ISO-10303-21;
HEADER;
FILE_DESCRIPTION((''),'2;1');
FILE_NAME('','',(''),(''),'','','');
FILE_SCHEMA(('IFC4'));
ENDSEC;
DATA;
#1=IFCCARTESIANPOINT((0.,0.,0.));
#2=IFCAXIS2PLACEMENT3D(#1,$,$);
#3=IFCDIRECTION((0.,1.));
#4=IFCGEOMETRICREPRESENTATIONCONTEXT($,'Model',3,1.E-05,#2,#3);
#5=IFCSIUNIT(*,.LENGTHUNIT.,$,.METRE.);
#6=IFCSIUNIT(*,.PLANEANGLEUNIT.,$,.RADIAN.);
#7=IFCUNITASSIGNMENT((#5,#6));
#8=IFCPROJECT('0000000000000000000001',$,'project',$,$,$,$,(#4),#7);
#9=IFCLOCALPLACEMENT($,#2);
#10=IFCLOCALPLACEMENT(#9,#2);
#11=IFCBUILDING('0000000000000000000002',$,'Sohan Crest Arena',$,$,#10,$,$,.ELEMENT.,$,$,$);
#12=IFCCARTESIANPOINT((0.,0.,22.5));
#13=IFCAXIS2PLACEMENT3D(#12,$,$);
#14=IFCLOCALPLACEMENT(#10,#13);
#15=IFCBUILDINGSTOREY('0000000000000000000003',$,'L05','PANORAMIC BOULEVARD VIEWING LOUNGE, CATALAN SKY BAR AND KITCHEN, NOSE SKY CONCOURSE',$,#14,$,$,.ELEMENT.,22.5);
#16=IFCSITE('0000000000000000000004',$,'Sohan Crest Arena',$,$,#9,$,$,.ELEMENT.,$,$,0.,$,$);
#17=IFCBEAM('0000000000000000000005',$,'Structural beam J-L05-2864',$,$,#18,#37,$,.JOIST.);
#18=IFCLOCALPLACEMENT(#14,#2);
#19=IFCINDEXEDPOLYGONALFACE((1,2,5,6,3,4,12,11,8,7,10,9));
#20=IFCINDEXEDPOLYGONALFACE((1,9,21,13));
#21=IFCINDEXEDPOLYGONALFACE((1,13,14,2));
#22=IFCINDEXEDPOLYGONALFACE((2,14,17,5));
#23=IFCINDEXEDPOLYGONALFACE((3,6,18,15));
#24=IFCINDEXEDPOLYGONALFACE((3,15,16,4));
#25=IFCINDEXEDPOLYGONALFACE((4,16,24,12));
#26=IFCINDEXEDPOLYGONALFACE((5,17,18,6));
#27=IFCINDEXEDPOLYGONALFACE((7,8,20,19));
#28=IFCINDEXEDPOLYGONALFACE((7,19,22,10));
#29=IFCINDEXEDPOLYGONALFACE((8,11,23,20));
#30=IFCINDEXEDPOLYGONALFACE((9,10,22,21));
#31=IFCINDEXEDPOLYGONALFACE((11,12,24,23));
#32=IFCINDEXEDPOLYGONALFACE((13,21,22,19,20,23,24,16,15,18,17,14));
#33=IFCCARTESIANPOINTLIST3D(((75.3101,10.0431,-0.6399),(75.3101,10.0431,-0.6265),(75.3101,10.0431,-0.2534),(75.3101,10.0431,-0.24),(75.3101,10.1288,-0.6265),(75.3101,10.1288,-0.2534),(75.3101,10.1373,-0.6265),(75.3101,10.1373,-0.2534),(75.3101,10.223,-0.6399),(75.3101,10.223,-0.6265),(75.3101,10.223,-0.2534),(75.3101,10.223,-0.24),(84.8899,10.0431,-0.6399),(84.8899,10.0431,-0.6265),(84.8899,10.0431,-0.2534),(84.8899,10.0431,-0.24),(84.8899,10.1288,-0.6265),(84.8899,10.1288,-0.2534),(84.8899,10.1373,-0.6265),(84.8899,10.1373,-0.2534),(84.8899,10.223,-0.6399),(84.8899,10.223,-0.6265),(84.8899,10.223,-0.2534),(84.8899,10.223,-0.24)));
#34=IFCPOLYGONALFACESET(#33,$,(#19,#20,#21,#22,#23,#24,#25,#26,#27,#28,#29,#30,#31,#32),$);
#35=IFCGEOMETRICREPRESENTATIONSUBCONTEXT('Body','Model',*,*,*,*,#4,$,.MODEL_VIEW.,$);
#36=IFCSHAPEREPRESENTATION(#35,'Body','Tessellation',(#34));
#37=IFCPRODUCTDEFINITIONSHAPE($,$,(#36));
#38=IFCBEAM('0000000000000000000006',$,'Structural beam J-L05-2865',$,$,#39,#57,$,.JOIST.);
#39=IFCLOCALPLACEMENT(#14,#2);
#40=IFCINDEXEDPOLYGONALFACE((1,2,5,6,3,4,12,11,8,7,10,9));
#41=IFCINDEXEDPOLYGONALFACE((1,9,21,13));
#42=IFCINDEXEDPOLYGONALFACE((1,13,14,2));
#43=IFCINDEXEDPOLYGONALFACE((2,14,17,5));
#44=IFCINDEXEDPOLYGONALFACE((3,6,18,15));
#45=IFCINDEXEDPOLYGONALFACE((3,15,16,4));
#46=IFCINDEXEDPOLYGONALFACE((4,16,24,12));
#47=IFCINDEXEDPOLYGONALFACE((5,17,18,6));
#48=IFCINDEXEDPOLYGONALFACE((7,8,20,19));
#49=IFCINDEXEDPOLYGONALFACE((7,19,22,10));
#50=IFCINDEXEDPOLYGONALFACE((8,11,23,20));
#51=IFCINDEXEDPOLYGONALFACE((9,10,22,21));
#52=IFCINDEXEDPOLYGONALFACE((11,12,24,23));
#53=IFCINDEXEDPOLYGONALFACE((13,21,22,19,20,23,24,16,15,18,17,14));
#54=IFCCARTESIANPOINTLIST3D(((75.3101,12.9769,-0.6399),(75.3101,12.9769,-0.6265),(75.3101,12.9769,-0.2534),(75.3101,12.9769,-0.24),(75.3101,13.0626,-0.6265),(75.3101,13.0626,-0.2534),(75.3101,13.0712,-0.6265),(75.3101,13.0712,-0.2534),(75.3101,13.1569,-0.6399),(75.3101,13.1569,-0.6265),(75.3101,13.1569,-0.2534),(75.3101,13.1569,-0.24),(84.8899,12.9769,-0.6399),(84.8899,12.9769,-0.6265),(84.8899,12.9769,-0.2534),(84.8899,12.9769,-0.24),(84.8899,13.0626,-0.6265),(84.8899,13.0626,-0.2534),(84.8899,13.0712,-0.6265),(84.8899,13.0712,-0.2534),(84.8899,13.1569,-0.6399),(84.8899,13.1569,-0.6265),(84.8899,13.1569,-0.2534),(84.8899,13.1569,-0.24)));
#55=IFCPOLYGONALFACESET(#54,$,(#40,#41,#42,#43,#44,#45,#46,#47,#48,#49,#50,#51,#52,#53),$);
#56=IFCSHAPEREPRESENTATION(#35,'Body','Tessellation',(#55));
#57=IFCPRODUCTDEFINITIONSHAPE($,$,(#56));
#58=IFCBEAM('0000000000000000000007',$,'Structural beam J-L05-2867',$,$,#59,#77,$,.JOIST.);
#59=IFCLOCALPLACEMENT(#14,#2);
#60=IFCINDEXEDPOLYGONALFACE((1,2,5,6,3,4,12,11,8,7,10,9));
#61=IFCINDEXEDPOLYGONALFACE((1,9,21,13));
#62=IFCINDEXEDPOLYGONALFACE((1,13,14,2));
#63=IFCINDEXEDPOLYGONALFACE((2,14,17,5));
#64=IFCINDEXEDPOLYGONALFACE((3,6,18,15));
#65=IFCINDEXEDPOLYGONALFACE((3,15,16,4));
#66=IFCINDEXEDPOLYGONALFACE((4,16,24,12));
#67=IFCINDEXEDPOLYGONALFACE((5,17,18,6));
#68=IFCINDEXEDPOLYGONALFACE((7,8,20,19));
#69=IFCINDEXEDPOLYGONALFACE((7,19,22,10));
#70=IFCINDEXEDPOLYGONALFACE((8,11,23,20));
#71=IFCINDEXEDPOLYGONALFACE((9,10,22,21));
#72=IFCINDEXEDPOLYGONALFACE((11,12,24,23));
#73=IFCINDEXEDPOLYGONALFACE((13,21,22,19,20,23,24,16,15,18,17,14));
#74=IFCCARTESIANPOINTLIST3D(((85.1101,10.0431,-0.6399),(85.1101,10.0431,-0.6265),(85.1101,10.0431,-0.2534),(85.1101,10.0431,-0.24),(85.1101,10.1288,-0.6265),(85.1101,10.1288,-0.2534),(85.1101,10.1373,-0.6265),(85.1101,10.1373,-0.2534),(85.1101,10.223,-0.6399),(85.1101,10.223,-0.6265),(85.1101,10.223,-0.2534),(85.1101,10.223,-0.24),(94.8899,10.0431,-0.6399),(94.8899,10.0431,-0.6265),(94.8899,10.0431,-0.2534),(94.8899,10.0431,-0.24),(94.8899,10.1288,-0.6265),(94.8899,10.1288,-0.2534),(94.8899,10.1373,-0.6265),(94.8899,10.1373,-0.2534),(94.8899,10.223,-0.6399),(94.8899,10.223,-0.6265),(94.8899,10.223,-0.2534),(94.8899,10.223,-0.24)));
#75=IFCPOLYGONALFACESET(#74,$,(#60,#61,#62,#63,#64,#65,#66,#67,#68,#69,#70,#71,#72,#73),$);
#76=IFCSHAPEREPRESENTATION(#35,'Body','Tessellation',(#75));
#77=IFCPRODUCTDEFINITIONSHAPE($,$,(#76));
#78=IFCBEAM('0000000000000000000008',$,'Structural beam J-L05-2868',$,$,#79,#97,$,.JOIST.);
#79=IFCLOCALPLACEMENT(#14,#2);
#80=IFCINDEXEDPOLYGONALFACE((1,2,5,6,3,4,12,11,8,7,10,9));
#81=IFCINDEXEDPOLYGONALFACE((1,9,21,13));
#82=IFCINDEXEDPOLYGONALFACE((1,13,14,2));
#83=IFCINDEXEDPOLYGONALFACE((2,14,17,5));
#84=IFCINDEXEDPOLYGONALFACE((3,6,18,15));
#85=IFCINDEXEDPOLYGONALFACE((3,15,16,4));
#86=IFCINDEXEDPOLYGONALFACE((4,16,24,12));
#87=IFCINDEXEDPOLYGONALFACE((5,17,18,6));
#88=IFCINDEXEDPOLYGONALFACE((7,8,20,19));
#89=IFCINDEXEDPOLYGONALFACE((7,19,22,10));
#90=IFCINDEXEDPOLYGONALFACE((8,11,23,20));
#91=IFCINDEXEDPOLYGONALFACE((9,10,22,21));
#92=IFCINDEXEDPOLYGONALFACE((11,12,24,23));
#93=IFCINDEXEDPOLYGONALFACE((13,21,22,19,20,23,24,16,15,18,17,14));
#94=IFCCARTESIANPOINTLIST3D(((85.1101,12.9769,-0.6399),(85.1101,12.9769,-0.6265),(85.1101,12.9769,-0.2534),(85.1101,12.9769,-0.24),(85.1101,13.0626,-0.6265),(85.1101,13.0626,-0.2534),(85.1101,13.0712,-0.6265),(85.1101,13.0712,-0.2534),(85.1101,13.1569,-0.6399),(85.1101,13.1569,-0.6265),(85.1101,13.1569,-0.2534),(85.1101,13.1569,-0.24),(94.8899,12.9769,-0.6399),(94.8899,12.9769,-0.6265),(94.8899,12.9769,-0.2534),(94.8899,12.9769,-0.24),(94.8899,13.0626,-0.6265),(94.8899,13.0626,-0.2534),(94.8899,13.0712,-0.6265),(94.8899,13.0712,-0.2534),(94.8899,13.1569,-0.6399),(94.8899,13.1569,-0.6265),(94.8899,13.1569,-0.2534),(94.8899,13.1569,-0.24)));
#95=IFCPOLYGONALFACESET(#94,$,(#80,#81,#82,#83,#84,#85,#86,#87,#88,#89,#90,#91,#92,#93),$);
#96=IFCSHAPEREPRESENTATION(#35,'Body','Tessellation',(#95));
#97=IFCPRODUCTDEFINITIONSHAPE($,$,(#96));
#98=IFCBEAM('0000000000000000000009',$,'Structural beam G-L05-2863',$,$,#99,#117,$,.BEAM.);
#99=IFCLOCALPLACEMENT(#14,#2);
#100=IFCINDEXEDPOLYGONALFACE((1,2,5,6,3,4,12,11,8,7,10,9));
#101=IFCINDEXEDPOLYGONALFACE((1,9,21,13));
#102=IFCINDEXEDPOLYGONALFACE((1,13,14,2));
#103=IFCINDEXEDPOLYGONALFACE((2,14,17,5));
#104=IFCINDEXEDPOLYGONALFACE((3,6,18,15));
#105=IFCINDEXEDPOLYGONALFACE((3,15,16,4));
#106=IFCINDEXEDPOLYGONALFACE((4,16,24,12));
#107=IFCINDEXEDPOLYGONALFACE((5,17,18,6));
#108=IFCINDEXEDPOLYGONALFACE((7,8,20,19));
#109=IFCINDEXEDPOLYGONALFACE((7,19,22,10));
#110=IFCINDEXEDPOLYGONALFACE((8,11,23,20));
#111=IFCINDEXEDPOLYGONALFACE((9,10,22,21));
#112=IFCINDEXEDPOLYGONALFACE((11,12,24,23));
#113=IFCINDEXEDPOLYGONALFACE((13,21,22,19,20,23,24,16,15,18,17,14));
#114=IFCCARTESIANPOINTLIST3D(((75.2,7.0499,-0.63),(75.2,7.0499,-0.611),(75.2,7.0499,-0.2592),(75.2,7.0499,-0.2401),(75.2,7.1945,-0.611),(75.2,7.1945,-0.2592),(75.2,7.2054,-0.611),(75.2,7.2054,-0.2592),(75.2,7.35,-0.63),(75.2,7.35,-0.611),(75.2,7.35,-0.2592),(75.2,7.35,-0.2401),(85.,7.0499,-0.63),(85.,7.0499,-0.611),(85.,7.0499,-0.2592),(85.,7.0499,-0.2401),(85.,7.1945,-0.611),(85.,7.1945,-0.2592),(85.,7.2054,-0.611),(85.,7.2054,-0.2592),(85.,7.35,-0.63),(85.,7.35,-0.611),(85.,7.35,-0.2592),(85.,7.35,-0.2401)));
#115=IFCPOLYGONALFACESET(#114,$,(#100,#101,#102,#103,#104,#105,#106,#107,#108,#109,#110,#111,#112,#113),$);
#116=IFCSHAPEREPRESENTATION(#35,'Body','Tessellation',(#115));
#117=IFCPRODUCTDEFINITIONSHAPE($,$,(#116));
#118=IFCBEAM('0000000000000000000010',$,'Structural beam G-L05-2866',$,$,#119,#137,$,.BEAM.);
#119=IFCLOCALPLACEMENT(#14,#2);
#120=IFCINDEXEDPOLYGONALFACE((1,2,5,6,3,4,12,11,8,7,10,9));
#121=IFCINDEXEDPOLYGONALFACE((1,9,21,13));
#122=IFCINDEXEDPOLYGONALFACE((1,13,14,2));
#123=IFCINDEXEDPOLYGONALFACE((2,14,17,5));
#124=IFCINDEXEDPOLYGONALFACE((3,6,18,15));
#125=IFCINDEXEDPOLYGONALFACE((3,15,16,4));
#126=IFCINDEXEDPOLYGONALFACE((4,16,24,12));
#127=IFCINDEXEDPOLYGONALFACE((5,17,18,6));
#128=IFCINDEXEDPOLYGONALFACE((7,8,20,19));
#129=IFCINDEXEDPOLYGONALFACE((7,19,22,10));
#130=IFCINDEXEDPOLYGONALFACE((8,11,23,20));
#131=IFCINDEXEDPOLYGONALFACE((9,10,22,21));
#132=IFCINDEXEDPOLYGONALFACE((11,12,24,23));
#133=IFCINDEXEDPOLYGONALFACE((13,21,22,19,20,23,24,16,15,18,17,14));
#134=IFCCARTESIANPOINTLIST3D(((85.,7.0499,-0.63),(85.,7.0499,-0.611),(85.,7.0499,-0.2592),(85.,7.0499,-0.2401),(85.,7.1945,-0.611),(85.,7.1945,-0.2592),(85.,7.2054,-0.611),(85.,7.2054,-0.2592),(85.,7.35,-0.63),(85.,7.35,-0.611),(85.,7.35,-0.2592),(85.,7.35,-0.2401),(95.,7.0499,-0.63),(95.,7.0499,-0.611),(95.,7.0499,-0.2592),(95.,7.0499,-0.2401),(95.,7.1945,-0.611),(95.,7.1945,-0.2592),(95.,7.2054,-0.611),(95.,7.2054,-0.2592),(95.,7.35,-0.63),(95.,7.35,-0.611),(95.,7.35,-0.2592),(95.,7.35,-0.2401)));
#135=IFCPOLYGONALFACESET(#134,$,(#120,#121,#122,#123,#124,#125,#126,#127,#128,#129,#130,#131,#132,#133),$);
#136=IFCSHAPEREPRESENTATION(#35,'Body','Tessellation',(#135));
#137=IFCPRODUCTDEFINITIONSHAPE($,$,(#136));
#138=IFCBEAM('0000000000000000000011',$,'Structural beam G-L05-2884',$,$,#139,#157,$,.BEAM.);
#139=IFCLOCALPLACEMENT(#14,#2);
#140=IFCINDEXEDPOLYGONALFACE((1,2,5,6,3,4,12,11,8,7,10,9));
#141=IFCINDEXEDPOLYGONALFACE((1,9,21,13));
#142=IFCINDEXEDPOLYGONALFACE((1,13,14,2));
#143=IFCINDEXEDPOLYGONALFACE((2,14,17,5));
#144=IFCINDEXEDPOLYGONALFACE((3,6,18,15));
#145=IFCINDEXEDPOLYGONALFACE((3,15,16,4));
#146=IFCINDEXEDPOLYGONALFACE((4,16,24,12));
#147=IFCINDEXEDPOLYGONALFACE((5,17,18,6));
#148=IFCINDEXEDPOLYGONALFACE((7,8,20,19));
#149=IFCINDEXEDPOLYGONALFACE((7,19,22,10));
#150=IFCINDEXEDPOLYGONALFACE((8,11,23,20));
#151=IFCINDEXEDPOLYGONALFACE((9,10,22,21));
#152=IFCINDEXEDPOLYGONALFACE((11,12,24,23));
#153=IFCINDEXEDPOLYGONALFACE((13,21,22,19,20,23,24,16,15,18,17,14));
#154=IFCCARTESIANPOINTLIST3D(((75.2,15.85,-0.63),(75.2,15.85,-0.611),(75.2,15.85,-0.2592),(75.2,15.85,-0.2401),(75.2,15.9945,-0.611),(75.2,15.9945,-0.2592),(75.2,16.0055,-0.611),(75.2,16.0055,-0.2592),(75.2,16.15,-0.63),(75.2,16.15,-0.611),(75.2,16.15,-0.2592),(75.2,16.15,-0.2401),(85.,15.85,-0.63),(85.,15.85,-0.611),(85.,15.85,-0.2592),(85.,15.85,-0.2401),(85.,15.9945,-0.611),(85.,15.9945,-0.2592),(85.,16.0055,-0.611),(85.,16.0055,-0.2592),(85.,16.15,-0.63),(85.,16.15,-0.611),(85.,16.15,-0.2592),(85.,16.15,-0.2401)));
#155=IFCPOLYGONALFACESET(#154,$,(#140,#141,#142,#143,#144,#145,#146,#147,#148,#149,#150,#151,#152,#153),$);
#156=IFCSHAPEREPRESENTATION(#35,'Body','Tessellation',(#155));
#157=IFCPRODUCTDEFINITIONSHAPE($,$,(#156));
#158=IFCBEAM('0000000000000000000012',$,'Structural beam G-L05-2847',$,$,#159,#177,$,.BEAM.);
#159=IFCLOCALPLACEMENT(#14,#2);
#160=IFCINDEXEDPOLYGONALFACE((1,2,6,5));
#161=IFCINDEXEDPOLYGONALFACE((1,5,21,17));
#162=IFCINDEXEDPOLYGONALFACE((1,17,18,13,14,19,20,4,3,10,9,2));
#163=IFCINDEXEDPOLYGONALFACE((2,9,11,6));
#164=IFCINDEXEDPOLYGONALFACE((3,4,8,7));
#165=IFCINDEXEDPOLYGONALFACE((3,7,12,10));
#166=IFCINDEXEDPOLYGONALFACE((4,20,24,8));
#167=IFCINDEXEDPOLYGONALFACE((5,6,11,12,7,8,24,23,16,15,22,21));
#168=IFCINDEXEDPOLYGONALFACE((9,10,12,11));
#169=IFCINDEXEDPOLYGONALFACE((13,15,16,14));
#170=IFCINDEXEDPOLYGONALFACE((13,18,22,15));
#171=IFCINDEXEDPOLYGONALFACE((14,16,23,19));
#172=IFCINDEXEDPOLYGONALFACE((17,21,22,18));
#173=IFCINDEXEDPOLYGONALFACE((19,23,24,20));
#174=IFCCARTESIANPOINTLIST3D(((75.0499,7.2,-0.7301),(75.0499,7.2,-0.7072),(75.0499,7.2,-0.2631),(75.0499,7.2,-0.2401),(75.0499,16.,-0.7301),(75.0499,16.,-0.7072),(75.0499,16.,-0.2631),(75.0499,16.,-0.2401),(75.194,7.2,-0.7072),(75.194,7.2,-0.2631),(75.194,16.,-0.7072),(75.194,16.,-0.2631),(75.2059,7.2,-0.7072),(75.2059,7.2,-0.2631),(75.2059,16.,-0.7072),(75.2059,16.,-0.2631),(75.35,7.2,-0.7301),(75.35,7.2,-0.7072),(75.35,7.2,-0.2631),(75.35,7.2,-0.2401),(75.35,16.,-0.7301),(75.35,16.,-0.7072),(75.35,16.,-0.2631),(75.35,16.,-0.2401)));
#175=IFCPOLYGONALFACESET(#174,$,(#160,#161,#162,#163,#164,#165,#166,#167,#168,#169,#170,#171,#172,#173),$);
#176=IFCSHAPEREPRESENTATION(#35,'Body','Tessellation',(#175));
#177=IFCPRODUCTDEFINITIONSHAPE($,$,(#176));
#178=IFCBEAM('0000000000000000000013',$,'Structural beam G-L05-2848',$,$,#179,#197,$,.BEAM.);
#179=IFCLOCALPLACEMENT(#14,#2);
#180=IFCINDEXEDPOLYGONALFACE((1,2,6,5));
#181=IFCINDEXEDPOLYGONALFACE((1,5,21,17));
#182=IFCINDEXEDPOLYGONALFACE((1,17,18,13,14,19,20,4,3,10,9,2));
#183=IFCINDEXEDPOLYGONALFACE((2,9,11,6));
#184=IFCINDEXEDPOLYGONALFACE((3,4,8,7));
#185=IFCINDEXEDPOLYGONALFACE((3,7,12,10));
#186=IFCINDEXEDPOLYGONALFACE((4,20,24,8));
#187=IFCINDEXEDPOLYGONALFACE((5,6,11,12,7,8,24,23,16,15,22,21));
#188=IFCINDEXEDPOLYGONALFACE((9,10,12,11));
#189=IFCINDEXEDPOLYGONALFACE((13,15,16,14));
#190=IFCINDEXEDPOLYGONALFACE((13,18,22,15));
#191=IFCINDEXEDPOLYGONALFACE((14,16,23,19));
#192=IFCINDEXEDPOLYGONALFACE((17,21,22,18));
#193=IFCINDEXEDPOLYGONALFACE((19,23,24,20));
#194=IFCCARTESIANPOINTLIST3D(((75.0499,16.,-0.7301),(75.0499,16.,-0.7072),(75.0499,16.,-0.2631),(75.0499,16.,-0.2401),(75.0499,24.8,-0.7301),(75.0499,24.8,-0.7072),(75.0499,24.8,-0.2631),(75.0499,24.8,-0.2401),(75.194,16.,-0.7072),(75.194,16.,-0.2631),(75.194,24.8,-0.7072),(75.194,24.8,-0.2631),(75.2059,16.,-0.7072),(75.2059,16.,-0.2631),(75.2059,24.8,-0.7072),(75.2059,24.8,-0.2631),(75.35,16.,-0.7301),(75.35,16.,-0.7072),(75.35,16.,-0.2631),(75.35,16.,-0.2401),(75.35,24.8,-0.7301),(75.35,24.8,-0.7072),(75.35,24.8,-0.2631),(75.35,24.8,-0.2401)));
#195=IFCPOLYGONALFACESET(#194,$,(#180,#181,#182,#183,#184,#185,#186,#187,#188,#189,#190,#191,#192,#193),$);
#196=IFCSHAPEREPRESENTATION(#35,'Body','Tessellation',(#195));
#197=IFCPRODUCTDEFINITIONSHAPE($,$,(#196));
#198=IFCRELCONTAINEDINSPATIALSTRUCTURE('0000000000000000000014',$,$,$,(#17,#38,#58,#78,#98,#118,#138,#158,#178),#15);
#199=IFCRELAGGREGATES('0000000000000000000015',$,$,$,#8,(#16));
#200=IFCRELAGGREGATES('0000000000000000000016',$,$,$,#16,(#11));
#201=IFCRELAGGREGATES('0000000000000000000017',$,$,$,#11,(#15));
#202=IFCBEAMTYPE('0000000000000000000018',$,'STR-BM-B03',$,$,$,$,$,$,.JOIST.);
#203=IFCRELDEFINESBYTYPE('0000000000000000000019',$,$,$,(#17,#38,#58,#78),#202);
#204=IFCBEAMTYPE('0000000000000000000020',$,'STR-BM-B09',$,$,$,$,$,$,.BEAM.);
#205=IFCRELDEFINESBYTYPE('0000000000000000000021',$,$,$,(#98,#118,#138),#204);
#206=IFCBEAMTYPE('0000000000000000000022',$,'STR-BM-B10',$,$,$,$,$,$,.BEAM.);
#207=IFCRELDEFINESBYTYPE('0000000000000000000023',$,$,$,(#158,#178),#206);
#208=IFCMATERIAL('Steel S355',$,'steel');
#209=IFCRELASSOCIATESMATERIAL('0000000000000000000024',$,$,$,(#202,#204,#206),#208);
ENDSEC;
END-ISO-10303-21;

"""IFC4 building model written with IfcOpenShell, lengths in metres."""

from ifc_helpers import new_model, si_unit, direction, frame, origin, origin_2d, place, context, subcontext, project, spatial, i_section, extrude, material, material_profile, profile_set, type_object, element, save


model = new_model("IFC4")

# Units and contexts
model_context = context("Model", 3, precision=1e-05, world=origin(), true_north=direction((0.0, 1.0)))
body_context = subcontext(model_context, "Body", "Model", "MODEL_VIEW")
ifc_project = project(units=[si_unit("LENGTHUNIT", "METRE"), si_unit("PLANEANGLEUNIT", "RADIAN")], contexts=[model_context])

# Site, building, storey
site_placement = place(None, origin())
site = spatial("IfcSite", under=ifc_project, at=site_placement, Name="Sohan Crest Arena", CompositionType="ELEMENT", RefElevation=0.0)
building_placement = place(site_placement, origin())
building = spatial("IfcBuilding", under=site, at=building_placement, Name="Sohan Crest Arena", CompositionType="ELEMENT")
storey_placement = place(building_placement, frame((0.0, 0.0, 22.5)))
storey = spatial("IfcBuildingStorey", under=building, at=storey_placement, Name="L05", Description="PANORAMIC BOULEVARD VIEWING LOUNGE, CATALAN SKY BAR AND KITCHEN, NOSE SKY CONCOURSE", CompositionType="ELEMENT", Elevation=22.5)

# Beams
ifc_material_1 = material(Name="Steel S355", Category="steel")
ifc_material_profile_1 = material_profile(ifc_material_1, i_section(OverallWidth=0.1799, OverallDepth=0.3999, WebThickness=0.0085, FlangeThickness=0.0134, at=origin_2d()), Name="IPE 400")
ifc_profile_set_1 = profile_set([ifc_material_profile_1], Name="Steel S355")
beam_type_1 = type_object("IfcBeamType", Name="STR-BM-B03", PredefinedType="JOIST", material=ifc_profile_set_1)
for number, where, z_axis, x_axis, name in (
    (1, (75.3101, 10.1331, -0.4399), (1.0, 0.0, 0.0), (0.0, 1.0, 0.0), "Structural beam J-L05-2864"),
    (2, (75.3101, 13.0669, -0.4399), (1.0, 0.0, 0.0), (0.0, 1.0, 0.0), "Structural beam J-L05-2865"),
):
    element("IfcBeam", number, at=place(storey_placement, frame(where, z_axis=z_axis, x_axis=x_axis)), inside=storey, type_object=beam_type_1, Name=name, PredefinedType="JOIST", context=body_context, shape_type="SweptSolid", body=[
        extrude(i_section(OverallWidth=0.1799, OverallDepth=0.3999, WebThickness=0.0085, FlangeThickness=0.0134, at=origin_2d()), origin(), (0.0, 0.0, 1.0), 9.5798),
    ])
for number, where, z_axis, x_axis, name in (
    (3, (85.1101, 10.1331, -0.4399), (1.0, 0.0, 0.0), (0.0, 1.0, 0.0), "Structural beam J-L05-2867"),
    (4, (85.1101, 13.0669, -0.4399), (1.0, 0.0, 0.0), (0.0, 1.0, 0.0), "Structural beam J-L05-2868"),
):
    element("IfcBeam", number, at=place(storey_placement, frame(where, z_axis=z_axis, x_axis=x_axis)), inside=storey, type_object=beam_type_1, Name=name, PredefinedType="JOIST", context=body_context, shape_type="SweptSolid", body=[
        extrude(i_section(OverallWidth=0.1799, OverallDepth=0.3999, WebThickness=0.0085, FlangeThickness=0.0134, at=origin_2d()), origin(), (0.0, 0.0, 1.0), 9.7798),
    ])
ifc_material_profile_2 = material_profile(ifc_material_1, i_section(OverallWidth=0.3, OverallDepth=0.3899, WebThickness=0.011, FlangeThickness=0.019, at=origin_2d()), Name="HEA 400")
ifc_profile_set_2 = profile_set([ifc_material_profile_2], Name="Steel S355")
beam_type_2 = type_object("IfcBeamType", Name="STR-BM-B09", PredefinedType="BEAM", material=ifc_profile_set_2)
beam_1_placement = place(storey_placement, frame((75.2, 7.2, -0.4351), z_axis=(1.0, 0.0, 0.0), x_axis=(0.0, 1.0, 0.0)))
element("IfcBeam", 5, at=beam_1_placement, inside=storey, type_object=beam_type_2, Name="Structural beam G-L05-2863", PredefinedType="BEAM", context=body_context, shape_type="SweptSolid", body=[
    extrude(i_section(OverallWidth=0.3, OverallDepth=0.3899, WebThickness=0.011, FlangeThickness=0.019, at=origin_2d()), origin(), (0.0, 0.0, 1.0), 9.8),
])
beam_2_placement = place(storey_placement, frame((85.0, 7.2, -0.4351), z_axis=(1.0, 0.0, 0.0), x_axis=(0.0, 1.0, 0.0)))
element("IfcBeam", 6, at=beam_2_placement, inside=storey, type_object=beam_type_2, Name="Structural beam G-L05-2866", PredefinedType="BEAM", context=body_context, shape_type="SweptSolid", body=[
    extrude(i_section(OverallWidth=0.3, OverallDepth=0.3899, WebThickness=0.011, FlangeThickness=0.019, at=origin_2d()), origin(), (0.0, 0.0, 1.0), 10.0),
])
beam_3_placement = place(storey_placement, frame((75.2, 16.0, -0.4351), z_axis=(1.0, 0.0, 0.0), x_axis=(0.0, 1.0, 0.0)))
element("IfcBeam", 7, at=beam_3_placement, inside=storey, type_object=beam_type_2, Name="Structural beam G-L05-2884", PredefinedType="BEAM", context=body_context, shape_type="SweptSolid", body=[
    extrude(i_section(OverallWidth=0.3, OverallDepth=0.3899, WebThickness=0.011, FlangeThickness=0.019, at=origin_2d()), origin(), (0.0, 0.0, 1.0), 9.8),
])
ifc_material_profile_3 = material_profile(ifc_material_1, i_section(OverallWidth=0.3, OverallDepth=0.49, WebThickness=0.012, FlangeThickness=0.0229, at=origin_2d()), Name="HEA 500")
ifc_profile_set_3 = profile_set([ifc_material_profile_3], Name="Steel S355")
beam_type_3 = type_object("IfcBeamType", Name="STR-BM-B10", PredefinedType="BEAM", material=ifc_profile_set_3)
for number, where, z_axis, x_axis, name in (
    (8, (75.2, 7.2, -0.4851), (0.0, 1.0, 0.0), (-1.0, 0.0, 0.0), "Structural beam G-L05-2847"),
    (9, (75.2, 16.0, -0.4851), (0.0, 1.0, 0.0), (-1.0, 0.0, 0.0), "Structural beam G-L05-2848"),
):
    element("IfcBeam", number, at=place(storey_placement, frame(where, z_axis=z_axis, x_axis=x_axis)), inside=storey, type_object=beam_type_3, Name=name, PredefinedType="BEAM", context=body_context, shape_type="SweptSolid", body=[
        extrude(i_section(OverallWidth=0.3, OverallDepth=0.49, WebThickness=0.012, FlangeThickness=0.0229, at=origin_2d()), origin(), (0.0, 0.0, 1.0), 8.8),
    ])

save(model, "model.ifc")
